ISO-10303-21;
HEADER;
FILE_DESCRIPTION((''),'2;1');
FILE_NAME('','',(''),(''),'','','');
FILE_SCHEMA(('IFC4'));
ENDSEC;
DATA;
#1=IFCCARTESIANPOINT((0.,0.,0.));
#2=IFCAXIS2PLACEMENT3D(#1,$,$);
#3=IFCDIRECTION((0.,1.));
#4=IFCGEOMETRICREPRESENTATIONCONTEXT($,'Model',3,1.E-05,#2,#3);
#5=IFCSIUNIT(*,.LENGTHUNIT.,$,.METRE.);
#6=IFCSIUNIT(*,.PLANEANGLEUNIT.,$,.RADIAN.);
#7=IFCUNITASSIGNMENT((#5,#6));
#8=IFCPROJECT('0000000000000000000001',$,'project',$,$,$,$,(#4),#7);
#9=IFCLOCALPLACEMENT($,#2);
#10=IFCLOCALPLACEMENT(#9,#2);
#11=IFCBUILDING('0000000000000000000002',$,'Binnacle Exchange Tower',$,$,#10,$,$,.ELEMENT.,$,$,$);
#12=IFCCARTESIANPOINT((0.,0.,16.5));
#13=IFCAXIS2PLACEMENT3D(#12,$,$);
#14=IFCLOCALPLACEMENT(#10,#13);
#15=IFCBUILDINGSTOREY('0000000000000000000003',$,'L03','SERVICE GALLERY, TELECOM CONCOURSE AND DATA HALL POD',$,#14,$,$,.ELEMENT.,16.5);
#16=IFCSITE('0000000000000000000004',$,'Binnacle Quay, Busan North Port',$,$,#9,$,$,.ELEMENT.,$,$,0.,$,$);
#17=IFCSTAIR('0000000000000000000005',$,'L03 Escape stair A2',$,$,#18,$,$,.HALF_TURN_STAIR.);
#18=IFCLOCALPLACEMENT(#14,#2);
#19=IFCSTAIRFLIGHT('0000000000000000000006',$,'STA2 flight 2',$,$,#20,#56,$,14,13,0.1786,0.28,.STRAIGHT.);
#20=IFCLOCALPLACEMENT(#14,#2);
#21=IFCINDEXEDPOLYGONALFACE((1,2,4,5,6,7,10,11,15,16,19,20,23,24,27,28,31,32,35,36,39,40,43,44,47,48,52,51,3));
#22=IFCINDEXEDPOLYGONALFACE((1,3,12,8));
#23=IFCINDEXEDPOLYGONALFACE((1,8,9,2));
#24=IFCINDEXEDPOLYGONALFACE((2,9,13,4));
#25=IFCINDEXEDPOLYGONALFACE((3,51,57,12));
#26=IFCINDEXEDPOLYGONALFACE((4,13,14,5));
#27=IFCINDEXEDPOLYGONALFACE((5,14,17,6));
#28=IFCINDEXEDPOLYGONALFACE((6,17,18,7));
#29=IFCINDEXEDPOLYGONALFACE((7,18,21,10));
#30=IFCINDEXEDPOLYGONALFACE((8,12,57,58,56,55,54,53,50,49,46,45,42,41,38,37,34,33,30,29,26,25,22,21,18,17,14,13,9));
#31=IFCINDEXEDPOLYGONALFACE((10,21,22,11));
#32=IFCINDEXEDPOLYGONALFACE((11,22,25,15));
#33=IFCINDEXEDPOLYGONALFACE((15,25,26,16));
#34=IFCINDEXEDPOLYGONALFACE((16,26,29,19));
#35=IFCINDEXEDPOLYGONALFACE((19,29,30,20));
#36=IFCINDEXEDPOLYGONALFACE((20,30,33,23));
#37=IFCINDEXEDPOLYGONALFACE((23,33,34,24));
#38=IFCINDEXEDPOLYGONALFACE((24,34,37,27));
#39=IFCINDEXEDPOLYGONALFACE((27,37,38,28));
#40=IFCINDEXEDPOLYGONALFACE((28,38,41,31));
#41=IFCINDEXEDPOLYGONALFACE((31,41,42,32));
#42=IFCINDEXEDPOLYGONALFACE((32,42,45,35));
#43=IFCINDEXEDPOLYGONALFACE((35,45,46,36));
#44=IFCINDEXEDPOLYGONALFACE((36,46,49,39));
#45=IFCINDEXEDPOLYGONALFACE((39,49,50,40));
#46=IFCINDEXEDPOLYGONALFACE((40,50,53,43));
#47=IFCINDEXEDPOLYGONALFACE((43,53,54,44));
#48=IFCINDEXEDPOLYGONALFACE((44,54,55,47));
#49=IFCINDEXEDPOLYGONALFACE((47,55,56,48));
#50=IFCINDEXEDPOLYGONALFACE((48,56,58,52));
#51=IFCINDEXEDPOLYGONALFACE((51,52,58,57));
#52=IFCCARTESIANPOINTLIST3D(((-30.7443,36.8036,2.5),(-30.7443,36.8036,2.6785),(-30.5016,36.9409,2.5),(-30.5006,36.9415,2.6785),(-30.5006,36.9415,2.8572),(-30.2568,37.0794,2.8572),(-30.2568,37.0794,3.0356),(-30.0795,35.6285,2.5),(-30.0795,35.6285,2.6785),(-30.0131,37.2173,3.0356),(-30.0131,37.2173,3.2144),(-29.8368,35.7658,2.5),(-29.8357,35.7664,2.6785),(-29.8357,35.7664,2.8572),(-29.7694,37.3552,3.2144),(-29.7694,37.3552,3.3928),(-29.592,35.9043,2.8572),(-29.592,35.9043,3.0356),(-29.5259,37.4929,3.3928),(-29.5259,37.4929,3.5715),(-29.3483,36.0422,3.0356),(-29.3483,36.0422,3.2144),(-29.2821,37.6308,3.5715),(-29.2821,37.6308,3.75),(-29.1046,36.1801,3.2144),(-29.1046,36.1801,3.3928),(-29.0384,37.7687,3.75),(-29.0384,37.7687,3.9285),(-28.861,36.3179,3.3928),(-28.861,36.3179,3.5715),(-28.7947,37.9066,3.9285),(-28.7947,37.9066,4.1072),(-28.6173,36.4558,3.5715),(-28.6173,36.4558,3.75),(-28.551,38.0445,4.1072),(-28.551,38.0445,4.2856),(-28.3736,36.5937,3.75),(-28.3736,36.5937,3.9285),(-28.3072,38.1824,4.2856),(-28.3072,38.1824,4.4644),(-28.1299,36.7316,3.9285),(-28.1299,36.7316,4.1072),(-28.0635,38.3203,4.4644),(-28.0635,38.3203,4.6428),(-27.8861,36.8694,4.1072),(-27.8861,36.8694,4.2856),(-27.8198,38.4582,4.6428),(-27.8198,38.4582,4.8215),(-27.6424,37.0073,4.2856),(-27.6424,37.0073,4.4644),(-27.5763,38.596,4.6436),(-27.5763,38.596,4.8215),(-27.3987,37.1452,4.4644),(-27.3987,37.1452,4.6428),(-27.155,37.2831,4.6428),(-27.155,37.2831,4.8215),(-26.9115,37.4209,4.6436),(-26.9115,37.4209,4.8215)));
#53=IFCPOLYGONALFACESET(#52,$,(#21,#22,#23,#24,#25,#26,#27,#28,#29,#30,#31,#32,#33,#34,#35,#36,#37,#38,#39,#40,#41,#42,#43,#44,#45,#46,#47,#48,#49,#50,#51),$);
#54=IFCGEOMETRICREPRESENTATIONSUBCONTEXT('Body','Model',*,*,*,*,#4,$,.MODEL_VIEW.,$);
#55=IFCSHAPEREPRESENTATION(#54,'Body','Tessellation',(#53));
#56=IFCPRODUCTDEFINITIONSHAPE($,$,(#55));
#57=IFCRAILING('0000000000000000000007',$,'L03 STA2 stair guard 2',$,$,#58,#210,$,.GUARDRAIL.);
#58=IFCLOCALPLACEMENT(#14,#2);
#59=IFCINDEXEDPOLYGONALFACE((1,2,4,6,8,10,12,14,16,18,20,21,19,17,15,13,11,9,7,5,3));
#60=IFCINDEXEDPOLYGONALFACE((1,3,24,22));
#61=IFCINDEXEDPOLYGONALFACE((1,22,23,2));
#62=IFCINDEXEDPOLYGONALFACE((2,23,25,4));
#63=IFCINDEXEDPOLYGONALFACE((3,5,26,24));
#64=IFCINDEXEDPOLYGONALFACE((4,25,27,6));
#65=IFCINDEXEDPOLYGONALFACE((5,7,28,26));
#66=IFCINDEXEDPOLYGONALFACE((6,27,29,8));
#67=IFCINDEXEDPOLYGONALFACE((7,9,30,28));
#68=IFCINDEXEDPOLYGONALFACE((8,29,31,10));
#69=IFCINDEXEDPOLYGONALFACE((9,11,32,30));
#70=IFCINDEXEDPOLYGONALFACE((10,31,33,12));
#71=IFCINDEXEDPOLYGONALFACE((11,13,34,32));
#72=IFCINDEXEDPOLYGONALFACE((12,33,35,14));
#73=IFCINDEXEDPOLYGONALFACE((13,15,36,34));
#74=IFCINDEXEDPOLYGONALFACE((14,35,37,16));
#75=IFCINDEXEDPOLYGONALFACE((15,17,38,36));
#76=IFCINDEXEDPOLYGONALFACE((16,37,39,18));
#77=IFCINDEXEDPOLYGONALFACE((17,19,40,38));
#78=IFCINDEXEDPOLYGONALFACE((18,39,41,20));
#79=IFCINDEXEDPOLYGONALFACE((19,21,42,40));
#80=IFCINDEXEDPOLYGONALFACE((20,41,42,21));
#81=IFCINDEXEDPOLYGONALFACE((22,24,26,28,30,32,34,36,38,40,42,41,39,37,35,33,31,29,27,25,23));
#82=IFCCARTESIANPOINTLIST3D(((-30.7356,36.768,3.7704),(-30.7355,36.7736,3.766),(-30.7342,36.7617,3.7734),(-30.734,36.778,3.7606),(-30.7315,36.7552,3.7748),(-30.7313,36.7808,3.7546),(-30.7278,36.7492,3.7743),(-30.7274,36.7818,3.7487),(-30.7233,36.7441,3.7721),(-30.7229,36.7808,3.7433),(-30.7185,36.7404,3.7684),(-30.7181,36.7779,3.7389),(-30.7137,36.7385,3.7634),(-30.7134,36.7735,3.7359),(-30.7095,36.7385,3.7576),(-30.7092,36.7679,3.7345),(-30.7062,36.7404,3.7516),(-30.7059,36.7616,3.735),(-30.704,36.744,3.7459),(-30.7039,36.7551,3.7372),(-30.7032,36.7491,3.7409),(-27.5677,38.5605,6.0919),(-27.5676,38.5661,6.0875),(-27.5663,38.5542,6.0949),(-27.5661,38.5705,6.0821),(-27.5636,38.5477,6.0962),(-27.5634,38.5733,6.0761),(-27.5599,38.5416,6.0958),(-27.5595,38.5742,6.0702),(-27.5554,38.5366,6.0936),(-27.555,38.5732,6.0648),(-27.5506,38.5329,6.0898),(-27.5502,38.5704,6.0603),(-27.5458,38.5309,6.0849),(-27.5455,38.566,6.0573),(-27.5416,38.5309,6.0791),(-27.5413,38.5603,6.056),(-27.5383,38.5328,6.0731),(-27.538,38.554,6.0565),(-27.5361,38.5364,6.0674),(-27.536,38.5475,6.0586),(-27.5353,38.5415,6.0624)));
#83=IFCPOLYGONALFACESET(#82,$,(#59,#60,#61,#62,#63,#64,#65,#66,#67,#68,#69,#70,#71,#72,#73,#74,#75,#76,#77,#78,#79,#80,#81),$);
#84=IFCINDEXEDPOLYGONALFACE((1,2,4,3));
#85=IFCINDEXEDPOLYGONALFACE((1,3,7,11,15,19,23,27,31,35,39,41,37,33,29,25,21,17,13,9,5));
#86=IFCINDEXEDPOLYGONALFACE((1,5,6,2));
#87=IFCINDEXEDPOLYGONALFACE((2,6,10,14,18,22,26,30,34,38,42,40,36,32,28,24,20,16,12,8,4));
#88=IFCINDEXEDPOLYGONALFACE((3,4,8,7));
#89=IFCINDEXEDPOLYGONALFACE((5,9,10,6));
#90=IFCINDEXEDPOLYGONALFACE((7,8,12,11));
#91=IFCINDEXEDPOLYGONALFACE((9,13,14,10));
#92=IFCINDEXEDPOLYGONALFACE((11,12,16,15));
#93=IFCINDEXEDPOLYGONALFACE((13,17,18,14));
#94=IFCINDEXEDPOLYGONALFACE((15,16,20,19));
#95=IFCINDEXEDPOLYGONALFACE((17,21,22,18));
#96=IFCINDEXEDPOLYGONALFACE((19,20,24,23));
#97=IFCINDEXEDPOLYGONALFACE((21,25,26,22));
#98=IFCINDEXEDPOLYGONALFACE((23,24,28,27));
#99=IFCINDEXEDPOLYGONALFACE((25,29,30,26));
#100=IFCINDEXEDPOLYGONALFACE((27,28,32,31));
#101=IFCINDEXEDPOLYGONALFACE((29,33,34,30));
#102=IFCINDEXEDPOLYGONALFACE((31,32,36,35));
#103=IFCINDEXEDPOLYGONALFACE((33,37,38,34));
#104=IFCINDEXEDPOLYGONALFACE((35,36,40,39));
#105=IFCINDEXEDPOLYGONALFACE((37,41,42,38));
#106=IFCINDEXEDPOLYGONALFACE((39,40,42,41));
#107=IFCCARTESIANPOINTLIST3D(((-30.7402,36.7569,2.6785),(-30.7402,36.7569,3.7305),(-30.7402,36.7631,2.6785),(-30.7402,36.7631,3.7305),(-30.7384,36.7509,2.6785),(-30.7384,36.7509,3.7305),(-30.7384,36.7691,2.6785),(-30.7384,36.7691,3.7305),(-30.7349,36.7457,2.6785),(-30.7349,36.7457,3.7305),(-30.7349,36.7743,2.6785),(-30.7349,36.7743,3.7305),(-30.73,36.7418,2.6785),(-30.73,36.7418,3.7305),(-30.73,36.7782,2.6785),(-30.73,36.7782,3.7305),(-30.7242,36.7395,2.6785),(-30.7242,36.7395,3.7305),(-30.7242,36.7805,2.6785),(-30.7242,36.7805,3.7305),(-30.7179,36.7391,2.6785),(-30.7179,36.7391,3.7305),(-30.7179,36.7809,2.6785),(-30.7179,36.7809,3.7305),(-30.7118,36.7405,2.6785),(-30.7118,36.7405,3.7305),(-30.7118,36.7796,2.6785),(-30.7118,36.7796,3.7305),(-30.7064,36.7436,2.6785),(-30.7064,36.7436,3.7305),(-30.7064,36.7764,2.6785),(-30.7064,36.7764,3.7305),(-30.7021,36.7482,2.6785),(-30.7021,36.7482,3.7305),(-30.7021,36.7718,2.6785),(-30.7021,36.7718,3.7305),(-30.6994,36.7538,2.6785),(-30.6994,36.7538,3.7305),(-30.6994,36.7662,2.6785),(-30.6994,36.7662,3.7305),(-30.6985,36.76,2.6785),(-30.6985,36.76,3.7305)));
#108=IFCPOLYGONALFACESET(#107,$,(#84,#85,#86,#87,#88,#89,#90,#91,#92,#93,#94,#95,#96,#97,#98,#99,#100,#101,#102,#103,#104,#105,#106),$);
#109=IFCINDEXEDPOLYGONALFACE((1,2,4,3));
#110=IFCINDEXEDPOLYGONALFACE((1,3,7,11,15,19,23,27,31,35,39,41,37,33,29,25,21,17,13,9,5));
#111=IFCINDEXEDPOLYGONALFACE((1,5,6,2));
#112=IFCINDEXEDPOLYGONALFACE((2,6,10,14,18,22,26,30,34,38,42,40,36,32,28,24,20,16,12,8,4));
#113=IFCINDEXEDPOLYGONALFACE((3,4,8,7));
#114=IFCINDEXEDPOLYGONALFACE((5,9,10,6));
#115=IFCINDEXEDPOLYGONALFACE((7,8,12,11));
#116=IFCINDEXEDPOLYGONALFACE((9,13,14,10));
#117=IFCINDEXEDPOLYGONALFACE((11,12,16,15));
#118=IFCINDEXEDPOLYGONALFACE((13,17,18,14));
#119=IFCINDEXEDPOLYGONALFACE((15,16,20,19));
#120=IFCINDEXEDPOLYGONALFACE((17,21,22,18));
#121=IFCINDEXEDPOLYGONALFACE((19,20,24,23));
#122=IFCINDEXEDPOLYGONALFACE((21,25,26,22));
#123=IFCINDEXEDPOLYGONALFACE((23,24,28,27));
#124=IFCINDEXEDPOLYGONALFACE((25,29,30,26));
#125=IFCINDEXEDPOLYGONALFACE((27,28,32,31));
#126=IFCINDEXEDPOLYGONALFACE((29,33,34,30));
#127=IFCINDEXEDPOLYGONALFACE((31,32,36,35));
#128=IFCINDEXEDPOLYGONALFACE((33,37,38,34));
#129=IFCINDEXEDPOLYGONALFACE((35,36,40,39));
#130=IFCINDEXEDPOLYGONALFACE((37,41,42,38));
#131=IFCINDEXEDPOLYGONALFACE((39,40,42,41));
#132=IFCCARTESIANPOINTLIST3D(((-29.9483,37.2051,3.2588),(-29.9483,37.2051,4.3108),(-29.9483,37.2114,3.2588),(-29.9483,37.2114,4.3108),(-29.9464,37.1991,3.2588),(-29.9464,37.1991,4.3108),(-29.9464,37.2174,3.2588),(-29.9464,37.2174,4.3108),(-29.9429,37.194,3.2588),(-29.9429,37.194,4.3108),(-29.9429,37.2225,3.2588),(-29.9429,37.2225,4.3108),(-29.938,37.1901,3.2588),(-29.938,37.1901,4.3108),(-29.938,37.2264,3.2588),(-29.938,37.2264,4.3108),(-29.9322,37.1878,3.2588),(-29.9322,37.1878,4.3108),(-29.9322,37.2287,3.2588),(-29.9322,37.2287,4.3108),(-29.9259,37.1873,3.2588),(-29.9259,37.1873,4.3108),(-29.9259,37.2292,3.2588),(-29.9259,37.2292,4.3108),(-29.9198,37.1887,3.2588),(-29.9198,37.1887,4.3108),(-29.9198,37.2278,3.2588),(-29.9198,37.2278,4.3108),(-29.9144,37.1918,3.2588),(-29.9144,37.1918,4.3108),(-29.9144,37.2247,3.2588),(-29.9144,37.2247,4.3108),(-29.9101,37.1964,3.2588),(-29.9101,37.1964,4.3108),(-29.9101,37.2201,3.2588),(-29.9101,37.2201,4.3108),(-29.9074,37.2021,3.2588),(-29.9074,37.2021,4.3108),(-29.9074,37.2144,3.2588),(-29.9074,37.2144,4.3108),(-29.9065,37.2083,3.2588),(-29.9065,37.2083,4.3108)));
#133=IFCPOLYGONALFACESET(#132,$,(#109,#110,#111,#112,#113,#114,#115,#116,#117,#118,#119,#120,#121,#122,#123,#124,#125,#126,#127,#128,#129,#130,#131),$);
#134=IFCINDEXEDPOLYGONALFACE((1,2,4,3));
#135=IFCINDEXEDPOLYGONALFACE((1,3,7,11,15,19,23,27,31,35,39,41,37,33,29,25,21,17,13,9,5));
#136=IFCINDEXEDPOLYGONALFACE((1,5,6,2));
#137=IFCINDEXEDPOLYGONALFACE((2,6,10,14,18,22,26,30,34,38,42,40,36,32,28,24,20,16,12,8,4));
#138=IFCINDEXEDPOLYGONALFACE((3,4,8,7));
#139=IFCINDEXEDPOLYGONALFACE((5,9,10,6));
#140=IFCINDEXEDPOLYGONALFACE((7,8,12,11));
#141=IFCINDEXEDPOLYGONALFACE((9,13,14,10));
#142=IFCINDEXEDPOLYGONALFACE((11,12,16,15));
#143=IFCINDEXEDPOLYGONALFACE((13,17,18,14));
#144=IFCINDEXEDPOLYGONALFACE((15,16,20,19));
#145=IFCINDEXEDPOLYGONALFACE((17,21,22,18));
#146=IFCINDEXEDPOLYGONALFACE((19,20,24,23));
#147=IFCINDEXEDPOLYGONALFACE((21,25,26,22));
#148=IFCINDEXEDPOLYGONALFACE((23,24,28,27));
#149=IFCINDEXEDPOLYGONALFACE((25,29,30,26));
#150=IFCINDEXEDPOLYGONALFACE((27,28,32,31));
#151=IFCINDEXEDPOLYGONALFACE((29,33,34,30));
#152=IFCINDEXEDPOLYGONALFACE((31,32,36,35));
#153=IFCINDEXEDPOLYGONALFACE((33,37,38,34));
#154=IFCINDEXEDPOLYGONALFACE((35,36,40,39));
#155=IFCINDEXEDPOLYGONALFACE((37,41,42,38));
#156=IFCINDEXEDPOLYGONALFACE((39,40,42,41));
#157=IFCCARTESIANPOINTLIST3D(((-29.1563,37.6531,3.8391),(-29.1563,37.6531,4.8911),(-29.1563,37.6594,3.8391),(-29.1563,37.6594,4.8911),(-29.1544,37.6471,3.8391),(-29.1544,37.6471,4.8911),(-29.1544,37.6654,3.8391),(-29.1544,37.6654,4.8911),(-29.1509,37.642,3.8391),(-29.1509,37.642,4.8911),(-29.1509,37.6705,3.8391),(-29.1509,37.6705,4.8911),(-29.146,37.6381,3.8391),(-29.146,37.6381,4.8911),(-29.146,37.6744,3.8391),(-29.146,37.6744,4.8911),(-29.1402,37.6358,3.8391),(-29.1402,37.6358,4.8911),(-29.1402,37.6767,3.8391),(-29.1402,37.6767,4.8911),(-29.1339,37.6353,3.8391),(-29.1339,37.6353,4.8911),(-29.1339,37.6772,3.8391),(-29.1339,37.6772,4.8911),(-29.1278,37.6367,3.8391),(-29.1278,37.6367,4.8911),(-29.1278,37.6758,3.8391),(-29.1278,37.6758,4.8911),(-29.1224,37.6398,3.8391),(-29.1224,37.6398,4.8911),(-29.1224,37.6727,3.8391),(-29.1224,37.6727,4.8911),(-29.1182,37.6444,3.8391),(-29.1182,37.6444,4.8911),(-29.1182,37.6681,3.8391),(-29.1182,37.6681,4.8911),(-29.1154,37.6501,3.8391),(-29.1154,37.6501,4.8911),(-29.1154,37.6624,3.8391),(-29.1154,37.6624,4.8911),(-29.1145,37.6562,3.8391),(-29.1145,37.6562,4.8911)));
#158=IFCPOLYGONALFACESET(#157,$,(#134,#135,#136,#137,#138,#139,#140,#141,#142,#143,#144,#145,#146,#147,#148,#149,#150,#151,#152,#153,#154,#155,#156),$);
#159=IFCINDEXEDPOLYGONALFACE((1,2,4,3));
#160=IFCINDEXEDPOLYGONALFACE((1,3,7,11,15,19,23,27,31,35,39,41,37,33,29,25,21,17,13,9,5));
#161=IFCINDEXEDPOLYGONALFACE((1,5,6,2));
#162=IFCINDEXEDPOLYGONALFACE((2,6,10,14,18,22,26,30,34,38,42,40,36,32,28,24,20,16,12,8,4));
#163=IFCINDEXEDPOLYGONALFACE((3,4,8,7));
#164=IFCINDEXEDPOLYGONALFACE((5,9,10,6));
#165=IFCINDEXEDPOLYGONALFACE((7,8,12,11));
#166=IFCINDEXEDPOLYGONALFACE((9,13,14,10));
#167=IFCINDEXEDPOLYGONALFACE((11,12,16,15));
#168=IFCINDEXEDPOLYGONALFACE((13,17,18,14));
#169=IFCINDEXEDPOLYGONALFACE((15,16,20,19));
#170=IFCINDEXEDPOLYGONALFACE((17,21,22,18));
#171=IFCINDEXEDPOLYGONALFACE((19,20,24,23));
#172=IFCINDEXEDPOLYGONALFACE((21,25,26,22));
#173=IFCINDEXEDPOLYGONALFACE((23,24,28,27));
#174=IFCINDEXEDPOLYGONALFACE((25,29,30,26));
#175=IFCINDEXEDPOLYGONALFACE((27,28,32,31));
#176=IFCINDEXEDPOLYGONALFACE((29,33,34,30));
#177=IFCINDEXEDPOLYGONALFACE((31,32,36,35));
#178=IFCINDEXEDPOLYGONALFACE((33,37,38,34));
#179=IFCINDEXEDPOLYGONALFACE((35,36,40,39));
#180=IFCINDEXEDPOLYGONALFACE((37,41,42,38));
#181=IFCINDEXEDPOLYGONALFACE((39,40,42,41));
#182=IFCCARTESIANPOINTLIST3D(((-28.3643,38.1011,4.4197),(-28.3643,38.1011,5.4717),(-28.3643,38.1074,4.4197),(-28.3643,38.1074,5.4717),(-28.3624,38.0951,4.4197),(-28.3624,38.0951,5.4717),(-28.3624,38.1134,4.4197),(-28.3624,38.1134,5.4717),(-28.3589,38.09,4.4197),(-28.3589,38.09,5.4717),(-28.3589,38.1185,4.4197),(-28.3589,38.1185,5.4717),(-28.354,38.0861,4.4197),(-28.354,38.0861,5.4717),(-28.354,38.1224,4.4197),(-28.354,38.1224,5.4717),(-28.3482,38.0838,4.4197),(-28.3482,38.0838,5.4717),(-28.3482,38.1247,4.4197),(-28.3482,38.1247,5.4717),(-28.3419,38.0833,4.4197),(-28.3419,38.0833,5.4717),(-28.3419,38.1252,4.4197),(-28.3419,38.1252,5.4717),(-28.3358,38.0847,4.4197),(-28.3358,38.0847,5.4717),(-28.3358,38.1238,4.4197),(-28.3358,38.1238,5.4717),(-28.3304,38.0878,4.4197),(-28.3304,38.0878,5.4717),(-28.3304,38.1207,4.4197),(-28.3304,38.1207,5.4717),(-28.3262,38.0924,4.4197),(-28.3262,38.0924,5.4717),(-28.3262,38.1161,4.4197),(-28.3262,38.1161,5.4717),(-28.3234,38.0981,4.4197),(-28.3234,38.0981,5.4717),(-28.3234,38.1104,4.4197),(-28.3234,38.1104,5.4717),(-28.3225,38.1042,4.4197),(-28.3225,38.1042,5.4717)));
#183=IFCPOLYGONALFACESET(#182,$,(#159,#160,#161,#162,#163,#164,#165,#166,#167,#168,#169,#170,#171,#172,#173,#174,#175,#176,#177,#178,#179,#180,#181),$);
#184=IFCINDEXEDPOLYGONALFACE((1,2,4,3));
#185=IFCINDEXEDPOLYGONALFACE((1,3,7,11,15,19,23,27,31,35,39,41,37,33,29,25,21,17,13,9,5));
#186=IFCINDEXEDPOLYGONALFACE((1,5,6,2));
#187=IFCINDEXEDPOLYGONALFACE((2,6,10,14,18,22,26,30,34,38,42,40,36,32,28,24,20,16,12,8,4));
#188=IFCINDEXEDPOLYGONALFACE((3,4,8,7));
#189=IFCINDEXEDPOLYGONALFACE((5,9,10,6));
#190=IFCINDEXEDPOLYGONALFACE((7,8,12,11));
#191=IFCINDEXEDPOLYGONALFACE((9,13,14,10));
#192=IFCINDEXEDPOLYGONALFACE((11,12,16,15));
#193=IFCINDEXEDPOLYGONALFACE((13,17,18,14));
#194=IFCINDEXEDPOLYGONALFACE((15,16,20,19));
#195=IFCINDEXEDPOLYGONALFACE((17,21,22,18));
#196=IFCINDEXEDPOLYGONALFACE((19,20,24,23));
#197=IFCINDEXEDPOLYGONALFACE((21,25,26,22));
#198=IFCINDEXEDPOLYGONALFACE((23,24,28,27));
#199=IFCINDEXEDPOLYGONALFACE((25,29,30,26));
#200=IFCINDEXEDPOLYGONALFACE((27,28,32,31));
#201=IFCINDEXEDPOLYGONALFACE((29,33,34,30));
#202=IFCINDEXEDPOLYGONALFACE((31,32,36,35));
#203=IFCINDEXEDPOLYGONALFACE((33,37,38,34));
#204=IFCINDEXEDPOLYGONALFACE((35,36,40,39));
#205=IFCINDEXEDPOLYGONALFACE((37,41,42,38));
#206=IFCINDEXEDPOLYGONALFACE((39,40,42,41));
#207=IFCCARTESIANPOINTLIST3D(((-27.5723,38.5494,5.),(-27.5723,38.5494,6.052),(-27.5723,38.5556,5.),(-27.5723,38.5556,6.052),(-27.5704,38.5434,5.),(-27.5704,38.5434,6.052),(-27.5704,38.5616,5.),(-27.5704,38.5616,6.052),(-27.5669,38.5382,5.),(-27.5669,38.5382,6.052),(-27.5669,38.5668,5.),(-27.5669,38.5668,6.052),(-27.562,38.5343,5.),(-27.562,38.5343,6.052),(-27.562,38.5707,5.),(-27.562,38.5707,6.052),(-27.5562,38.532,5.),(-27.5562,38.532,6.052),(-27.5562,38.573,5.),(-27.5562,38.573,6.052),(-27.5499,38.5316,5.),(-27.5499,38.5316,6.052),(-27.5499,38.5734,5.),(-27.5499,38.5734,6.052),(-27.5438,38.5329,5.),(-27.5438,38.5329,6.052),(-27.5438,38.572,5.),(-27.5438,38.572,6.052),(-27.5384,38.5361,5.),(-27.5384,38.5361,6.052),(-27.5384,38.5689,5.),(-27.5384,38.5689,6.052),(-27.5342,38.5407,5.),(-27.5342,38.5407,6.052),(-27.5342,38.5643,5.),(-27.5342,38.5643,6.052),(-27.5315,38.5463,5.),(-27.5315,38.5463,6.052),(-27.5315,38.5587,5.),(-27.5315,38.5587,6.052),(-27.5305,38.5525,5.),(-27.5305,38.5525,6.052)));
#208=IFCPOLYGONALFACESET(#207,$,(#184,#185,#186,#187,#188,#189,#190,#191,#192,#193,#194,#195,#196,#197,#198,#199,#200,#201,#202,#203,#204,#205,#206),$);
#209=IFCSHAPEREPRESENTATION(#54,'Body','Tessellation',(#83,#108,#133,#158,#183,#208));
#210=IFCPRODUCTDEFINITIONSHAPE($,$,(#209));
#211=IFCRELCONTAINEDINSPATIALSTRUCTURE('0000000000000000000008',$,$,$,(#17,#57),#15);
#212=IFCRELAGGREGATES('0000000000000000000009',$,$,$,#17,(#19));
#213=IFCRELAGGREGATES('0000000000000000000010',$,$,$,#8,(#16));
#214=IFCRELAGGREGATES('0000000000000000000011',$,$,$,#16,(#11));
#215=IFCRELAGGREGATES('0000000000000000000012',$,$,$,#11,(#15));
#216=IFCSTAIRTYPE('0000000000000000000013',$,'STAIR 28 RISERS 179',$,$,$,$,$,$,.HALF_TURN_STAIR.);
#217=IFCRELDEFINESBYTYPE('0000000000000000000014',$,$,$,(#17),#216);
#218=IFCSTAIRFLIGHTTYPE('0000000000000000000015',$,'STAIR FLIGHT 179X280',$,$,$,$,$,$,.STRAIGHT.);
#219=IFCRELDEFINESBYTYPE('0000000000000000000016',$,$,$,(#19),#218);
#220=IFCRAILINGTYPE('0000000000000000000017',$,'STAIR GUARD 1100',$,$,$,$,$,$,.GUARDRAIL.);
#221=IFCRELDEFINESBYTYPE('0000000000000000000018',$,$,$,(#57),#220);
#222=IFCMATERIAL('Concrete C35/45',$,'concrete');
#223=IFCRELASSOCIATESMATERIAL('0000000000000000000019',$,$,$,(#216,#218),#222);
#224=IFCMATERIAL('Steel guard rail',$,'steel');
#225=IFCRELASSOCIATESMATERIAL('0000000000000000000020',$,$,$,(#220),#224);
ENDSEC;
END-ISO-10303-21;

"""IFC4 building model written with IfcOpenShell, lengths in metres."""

from ifc_helpers import new_model, si_unit, direction, frame, origin, origin_2d, place, context, subcontext, project, spatial, polyline, circle, outline, extrude, material, type_object, element, aggregate, save


model = new_model("IFC4")

# Units and contexts
model_context = context("Model", 3, precision=1e-05, world=origin(), true_north=direction((0.0, 1.0)))
body_context = subcontext(model_context, "Body", "Model", "MODEL_VIEW")
ifc_project = project(units=[si_unit("LENGTHUNIT", "METRE"), si_unit("PLANEANGLEUNIT", "RADIAN")], contexts=[model_context])

# Site, building, storey
site_placement = place(None, origin())
site = spatial("IfcSite", under=ifc_project, at=site_placement, Name="Binnacle Quay, Busan North Port", CompositionType="ELEMENT", RefElevation=0.0)
building_placement = place(site_placement, origin())
building = spatial("IfcBuilding", under=site, at=building_placement, Name="Binnacle Exchange Tower", CompositionType="ELEMENT")
storey_placement = place(building_placement, frame((0.0, 0.0, 16.5)))
storey = spatial("IfcBuildingStorey", under=building, at=storey_placement, Name="L03", Description="SERVICE GALLERY, TELECOM CONCOURSE AND DATA HALL POD", CompositionType="ELEMENT", Elevation=16.5)

# Stair, stair flight
ifc_material_1 = material(Name="Concrete C35/45", Category="concrete")
stair_type = type_object("IfcStairType", Name="STAIR 28 RISERS 179", PredefinedType="HALF_TURN_STAIR", material=ifc_material_1)
stair_placement = place(storey_placement, origin())
stair = element("IfcStair", 1, at=stair_placement, inside=storey, type_object=stair_type, Name="L03 Escape stair A2", PredefinedType="HALF_TURN_STAIR")
stair_flight_type = type_object("IfcStairFlightType", Name="STAIR FLIGHT 179X280", PredefinedType="STRAIGHT", material=ifc_material_1)
stair_flight_placement = place(storey_placement, frame((-30.4119, 36.2161, 2.5), z_axis=(0.0, 0.0, 1.0), x_axis=(0.870356, 0.492424, 0.0)))
stair_flight = element("IfcStairFlight", 2, at=stair_flight_placement, type_object=stair_flight_type, Name="STA2 flight 2", NumberOfRisers=14, NumberOfTreads=13, PredefinedType="STRAIGHT", RiserHeight=0.1786, TreadLength=0.28, context=body_context, shape_type="SweptSolid", body=[
    extrude(outline(polyline([(0.0, 0.0), (0.0, 0.1785), (0.28, 0.1785), (0.28, 0.3572), (0.5601, 0.3572), (0.5601, 0.5356), (0.8401, 0.5356), (0.8401, 0.7144), (1.1201, 0.7144), (1.1201, 0.8928), (1.3999, 0.8928), (1.3999, 1.0715), (1.6799, 1.0715), (1.6799, 1.25), (1.96, 1.25), (1.96, 1.4285), (2.24, 1.4285), (2.24, 1.6072), (2.52, 1.6072), (2.52, 1.7856), (2.8, 1.7856), (2.8, 1.9644), (3.0801, 1.9644), (3.0801, 2.1428), (3.3601, 2.1428), (3.3601, 2.3215), (3.6399, 2.3215), (3.6399, 2.5), (3.6399, 2.1436), (0.2788, 0.0), (0.0, 0.0)])), frame((0.0, 0.675, 0.0), z_axis=(0.0, -1.0, 0.0), x_axis=(1.0, 0.0, 0.0)), (0.0, 0.0, 1.0), 1.3501),
])
aggregate(stair, [stair_flight])

# Railing
ifc_material_2 = material(Name="Steel guard rail", Category="steel")
railing_type = type_object("IfcRailingType", Name="STAIR GUARD 1100", PredefinedType="GUARDRAIL", material=ifc_material_2)
railing_placement = place(storey_placement, frame((-30.7195, 36.76, 2.6785)))
element("IfcRailing", 3, at=railing_placement, inside=storey, type_object=railing_type, Name="L03 STA2 stair guard 2", PredefinedType="GUARDRAIL", context=body_context, shape_type="SweptSolid", body=[
    extrude(circle(Radius=0.0239, at=origin_2d()), frame((0.0, 0.0, 1.0762), z_axis=(0.733796, 0.415192, 0.537736), x_axis=(-0.492451, 0.87034, 0.0)), (0.0, 0.0, 1.0), 4.3171),
    extrude(circle(Radius=0.021, at=origin_2d()), origin(), (0.0, 0.0, 1.0), 1.052),
    extrude(circle(Radius=0.021, at=origin_2d()), frame((0.792, 0.4482, 0.5803)), (0.0, 0.0, 1.0), 1.052),
    extrude(circle(Radius=0.021, at=origin_2d()), frame((1.584, 0.8962, 1.1606)), (0.0, 0.0, 1.0), 1.052),
    extrude(circle(Radius=0.021, at=origin_2d()), frame((2.376, 1.3442, 1.7412)), (0.0, 0.0, 1.0), 1.052),
    extrude(circle(Radius=0.021, at=origin_2d()), frame((3.168, 1.7925, 2.3215)), (0.0, 0.0, 1.0), 1.052),
])

save(model, "model.ifc")
